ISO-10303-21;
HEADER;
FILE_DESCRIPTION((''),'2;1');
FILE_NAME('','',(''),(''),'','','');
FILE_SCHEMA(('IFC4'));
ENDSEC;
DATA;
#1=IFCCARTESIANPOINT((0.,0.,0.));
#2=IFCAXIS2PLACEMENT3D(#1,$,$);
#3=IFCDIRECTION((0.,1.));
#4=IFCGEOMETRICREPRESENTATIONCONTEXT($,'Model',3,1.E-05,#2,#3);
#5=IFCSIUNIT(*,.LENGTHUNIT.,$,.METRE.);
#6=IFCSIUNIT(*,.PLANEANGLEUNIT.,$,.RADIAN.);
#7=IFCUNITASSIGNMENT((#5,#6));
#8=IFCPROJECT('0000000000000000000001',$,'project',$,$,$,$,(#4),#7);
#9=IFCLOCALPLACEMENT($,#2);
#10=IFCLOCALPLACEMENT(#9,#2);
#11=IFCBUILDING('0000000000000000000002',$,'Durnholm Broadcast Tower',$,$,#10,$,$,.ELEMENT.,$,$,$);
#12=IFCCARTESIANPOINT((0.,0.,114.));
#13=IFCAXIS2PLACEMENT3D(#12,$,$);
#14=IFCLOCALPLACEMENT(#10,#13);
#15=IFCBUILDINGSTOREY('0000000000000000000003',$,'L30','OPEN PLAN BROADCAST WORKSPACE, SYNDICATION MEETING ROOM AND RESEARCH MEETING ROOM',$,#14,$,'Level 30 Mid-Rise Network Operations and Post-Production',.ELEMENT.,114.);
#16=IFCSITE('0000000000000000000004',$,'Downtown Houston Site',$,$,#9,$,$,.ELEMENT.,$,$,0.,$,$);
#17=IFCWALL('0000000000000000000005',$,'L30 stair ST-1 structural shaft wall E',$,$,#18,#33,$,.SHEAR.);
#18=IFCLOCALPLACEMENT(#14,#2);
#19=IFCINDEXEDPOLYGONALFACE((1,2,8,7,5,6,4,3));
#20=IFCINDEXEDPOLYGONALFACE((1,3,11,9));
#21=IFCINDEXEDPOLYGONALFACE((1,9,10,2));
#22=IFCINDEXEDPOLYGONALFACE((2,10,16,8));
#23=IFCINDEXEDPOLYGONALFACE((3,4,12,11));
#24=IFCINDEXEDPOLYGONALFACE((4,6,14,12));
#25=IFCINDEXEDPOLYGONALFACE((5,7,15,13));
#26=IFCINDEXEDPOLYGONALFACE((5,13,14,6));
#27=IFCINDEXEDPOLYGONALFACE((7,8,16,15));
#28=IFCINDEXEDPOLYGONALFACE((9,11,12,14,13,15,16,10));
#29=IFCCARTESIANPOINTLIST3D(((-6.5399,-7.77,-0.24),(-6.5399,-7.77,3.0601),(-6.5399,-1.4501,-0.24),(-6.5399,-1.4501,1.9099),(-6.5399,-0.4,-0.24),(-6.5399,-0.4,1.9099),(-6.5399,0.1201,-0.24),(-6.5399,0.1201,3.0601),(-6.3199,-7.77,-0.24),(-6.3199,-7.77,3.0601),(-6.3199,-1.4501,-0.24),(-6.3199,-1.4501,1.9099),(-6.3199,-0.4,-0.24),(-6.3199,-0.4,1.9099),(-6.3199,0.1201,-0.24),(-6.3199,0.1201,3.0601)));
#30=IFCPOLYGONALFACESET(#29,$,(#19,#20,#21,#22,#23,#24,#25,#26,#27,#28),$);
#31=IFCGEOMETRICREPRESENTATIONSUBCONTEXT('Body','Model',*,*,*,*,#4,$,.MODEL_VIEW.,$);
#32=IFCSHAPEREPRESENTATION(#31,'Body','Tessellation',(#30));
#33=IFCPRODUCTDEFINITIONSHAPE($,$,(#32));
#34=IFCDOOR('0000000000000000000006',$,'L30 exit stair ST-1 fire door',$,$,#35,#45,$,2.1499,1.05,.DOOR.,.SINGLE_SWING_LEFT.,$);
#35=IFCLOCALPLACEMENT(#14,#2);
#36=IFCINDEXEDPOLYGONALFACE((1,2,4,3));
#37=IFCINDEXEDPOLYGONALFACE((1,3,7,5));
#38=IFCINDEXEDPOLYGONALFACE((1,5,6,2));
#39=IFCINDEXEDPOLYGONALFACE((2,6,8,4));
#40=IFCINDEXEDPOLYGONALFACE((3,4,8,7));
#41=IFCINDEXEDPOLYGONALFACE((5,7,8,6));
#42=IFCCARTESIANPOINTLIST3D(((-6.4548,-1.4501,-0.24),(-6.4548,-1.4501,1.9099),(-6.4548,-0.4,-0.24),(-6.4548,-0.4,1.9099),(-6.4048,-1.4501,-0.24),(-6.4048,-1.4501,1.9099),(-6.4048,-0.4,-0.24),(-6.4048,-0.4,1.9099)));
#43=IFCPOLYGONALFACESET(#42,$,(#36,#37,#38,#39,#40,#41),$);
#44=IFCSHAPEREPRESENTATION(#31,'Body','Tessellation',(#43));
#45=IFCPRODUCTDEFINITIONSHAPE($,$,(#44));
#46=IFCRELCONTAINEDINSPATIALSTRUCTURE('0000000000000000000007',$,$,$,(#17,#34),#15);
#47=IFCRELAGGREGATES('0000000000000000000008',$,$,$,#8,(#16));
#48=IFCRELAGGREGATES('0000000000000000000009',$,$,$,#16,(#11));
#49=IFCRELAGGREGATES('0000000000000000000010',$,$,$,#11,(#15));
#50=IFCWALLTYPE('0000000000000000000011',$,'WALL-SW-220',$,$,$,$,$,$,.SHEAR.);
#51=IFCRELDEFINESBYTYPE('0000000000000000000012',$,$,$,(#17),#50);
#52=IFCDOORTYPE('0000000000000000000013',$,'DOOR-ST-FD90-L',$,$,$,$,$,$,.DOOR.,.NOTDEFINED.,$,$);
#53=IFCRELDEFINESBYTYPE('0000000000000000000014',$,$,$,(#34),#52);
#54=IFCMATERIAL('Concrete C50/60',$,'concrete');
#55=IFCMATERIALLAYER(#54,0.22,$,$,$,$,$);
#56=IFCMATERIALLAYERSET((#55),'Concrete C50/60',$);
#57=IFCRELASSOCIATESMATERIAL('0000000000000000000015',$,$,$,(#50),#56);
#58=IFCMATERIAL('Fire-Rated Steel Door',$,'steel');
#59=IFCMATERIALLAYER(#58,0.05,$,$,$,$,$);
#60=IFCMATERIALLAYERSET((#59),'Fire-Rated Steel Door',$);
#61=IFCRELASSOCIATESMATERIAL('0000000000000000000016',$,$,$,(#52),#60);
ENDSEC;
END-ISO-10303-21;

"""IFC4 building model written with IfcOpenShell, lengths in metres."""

from ifc_helpers import new_model, si_unit, direction, frame, frame_2d, origin, place, context, subcontext, project, spatial, rectangle, extrude, source, transform, mapped, material, layer, layer_set, type_object, type_shapes, element, fill, save


model = new_model("IFC4")

# Units and contexts
model_context = context("Model", 3, precision=1e-05, world=origin(), true_north=direction((0.0, 1.0)))
body_context = subcontext(model_context, "Body", "Model", "MODEL_VIEW")
ifc_project = project(units=[si_unit("LENGTHUNIT", "METRE"), si_unit("PLANEANGLEUNIT", "RADIAN")], contexts=[model_context])

# Site, building, storey
site_placement = place(None, origin())
site = spatial("IfcSite", under=ifc_project, at=site_placement, Name="Downtown Houston Site", CompositionType="ELEMENT", RefElevation=0.0)
building_placement = place(site_placement, origin())
building = spatial("IfcBuilding", under=site, at=building_placement, Name="Durnholm Broadcast Tower", CompositionType="ELEMENT")
storey_placement = place(building_placement, frame((0.0, 0.0, 114.0)))
storey = spatial("IfcBuildingStorey", under=building, at=storey_placement, Name="L30", Description="OPEN PLAN BROADCAST WORKSPACE, SYNDICATION MEETING ROOM AND RESEARCH MEETING ROOM", LongName="Level 30 Mid-Rise Network Operations and Post-Production", CompositionType="ELEMENT", Elevation=114.0)

# Wall, opening, door
ifc_material_1 = material(Name="Concrete C50/60", Category="concrete")
ifc_layer_1 = layer(ifc_material_1, 0.22)
ifc_layer_set_1 = layer_set([ifc_layer_1], Name="Concrete C50/60")
wall_type_1 = type_object("IfcWallType", Name="WALL-SW-220", PredefinedType="SHEAR", material=ifc_layer_set_1)
wall_1_placement = place(storey_placement, frame((-6.4299, -7.77, -0.24), z_axis=(0.0, 0.0, 1.0), x_axis=(0.0, 1.0, 0.0)))
wall_1 = element("IfcWall", 1, at=wall_1_placement, inside=storey, type_object=wall_type_1, Name="L30 stair ST-1 structural shaft wall E", PredefinedType="SHEAR", context=body_context, shape_type="SweptSolid", body=[
    extrude(rectangle(XDim=7.8901, YDim=0.22, at=frame_2d((3.9451, 0.0))), origin(), (0.0, 0.0, 1.0), 3.3),
])
opening_1_placement = place(wall_1_placement, frame((6.3201, 0.0, 0.0)))
opening_1 = element("IfcOpeningElement", 2, at=opening_1_placement, cuts=wall_1, PredefinedType="OPENING", context=body_context, shape_type="SweptSolid", body=[
    extrude(rectangle(XDim=1.05, YDim=2.1499, at=frame_2d((0.5249, 1.075))), frame((0.0, 0.1201, 0.0), z_axis=(0.0, -1.0, 0.0), x_axis=(1.0, 0.0, 0.0)), (0.0, 0.0, 1.0), 0.24),
])
ifc_material_2 = material(Name="Fire-Rated Steel Door", Category="steel")
ifc_layer_2 = layer(ifc_material_2, 0.05)
ifc_layer_set_2 = layer_set([ifc_layer_2], Name="Fire-Rated Steel Door")
door_type_1 = type_object("IfcDoorType", Name="DOOR-ST-FD90-L", OperationType="NOTDEFINED", PredefinedType="DOOR", material=ifc_layer_set_2)
shared_shape_1 = source(origin(), body_context, "Body", "SweptSolid", [
    extrude(rectangle(XDim=1.05, YDim=2.1499, at=frame_2d((0.5249, 1.075))), frame((0.0, 0.0249, 0.0), z_axis=(0.0, -1.0, 0.0), x_axis=(1.0, 0.0, 0.0)), (0.0, 0.0, 1.0), 0.05),
])
type_shapes(door_type_1, [shared_shape_1])
door_1_placement = place(opening_1_placement, origin())
door_1 = element("IfcDoor", 3, at=door_1_placement, inside=storey, type_object=door_type_1, Name="L30 exit stair ST-1 fire door", OperationType="SINGLE_SWING_LEFT", OverallHeight=2.1499, OverallWidth=1.05, PredefinedType="DOOR", context=body_context, shape_type="MappedRepresentation", body=[
    mapped(shared_shape_1, transform((0.0, 0.0, 0.0), x_axis=(1.0, 0.0, 0.0), y_axis=(0.0, 1.0, 0.0), z_axis=(0.0, 0.0, 1.0), scale=1.0)),
])
fill(opening_1, door_1)

save(model, "model.ifc")
